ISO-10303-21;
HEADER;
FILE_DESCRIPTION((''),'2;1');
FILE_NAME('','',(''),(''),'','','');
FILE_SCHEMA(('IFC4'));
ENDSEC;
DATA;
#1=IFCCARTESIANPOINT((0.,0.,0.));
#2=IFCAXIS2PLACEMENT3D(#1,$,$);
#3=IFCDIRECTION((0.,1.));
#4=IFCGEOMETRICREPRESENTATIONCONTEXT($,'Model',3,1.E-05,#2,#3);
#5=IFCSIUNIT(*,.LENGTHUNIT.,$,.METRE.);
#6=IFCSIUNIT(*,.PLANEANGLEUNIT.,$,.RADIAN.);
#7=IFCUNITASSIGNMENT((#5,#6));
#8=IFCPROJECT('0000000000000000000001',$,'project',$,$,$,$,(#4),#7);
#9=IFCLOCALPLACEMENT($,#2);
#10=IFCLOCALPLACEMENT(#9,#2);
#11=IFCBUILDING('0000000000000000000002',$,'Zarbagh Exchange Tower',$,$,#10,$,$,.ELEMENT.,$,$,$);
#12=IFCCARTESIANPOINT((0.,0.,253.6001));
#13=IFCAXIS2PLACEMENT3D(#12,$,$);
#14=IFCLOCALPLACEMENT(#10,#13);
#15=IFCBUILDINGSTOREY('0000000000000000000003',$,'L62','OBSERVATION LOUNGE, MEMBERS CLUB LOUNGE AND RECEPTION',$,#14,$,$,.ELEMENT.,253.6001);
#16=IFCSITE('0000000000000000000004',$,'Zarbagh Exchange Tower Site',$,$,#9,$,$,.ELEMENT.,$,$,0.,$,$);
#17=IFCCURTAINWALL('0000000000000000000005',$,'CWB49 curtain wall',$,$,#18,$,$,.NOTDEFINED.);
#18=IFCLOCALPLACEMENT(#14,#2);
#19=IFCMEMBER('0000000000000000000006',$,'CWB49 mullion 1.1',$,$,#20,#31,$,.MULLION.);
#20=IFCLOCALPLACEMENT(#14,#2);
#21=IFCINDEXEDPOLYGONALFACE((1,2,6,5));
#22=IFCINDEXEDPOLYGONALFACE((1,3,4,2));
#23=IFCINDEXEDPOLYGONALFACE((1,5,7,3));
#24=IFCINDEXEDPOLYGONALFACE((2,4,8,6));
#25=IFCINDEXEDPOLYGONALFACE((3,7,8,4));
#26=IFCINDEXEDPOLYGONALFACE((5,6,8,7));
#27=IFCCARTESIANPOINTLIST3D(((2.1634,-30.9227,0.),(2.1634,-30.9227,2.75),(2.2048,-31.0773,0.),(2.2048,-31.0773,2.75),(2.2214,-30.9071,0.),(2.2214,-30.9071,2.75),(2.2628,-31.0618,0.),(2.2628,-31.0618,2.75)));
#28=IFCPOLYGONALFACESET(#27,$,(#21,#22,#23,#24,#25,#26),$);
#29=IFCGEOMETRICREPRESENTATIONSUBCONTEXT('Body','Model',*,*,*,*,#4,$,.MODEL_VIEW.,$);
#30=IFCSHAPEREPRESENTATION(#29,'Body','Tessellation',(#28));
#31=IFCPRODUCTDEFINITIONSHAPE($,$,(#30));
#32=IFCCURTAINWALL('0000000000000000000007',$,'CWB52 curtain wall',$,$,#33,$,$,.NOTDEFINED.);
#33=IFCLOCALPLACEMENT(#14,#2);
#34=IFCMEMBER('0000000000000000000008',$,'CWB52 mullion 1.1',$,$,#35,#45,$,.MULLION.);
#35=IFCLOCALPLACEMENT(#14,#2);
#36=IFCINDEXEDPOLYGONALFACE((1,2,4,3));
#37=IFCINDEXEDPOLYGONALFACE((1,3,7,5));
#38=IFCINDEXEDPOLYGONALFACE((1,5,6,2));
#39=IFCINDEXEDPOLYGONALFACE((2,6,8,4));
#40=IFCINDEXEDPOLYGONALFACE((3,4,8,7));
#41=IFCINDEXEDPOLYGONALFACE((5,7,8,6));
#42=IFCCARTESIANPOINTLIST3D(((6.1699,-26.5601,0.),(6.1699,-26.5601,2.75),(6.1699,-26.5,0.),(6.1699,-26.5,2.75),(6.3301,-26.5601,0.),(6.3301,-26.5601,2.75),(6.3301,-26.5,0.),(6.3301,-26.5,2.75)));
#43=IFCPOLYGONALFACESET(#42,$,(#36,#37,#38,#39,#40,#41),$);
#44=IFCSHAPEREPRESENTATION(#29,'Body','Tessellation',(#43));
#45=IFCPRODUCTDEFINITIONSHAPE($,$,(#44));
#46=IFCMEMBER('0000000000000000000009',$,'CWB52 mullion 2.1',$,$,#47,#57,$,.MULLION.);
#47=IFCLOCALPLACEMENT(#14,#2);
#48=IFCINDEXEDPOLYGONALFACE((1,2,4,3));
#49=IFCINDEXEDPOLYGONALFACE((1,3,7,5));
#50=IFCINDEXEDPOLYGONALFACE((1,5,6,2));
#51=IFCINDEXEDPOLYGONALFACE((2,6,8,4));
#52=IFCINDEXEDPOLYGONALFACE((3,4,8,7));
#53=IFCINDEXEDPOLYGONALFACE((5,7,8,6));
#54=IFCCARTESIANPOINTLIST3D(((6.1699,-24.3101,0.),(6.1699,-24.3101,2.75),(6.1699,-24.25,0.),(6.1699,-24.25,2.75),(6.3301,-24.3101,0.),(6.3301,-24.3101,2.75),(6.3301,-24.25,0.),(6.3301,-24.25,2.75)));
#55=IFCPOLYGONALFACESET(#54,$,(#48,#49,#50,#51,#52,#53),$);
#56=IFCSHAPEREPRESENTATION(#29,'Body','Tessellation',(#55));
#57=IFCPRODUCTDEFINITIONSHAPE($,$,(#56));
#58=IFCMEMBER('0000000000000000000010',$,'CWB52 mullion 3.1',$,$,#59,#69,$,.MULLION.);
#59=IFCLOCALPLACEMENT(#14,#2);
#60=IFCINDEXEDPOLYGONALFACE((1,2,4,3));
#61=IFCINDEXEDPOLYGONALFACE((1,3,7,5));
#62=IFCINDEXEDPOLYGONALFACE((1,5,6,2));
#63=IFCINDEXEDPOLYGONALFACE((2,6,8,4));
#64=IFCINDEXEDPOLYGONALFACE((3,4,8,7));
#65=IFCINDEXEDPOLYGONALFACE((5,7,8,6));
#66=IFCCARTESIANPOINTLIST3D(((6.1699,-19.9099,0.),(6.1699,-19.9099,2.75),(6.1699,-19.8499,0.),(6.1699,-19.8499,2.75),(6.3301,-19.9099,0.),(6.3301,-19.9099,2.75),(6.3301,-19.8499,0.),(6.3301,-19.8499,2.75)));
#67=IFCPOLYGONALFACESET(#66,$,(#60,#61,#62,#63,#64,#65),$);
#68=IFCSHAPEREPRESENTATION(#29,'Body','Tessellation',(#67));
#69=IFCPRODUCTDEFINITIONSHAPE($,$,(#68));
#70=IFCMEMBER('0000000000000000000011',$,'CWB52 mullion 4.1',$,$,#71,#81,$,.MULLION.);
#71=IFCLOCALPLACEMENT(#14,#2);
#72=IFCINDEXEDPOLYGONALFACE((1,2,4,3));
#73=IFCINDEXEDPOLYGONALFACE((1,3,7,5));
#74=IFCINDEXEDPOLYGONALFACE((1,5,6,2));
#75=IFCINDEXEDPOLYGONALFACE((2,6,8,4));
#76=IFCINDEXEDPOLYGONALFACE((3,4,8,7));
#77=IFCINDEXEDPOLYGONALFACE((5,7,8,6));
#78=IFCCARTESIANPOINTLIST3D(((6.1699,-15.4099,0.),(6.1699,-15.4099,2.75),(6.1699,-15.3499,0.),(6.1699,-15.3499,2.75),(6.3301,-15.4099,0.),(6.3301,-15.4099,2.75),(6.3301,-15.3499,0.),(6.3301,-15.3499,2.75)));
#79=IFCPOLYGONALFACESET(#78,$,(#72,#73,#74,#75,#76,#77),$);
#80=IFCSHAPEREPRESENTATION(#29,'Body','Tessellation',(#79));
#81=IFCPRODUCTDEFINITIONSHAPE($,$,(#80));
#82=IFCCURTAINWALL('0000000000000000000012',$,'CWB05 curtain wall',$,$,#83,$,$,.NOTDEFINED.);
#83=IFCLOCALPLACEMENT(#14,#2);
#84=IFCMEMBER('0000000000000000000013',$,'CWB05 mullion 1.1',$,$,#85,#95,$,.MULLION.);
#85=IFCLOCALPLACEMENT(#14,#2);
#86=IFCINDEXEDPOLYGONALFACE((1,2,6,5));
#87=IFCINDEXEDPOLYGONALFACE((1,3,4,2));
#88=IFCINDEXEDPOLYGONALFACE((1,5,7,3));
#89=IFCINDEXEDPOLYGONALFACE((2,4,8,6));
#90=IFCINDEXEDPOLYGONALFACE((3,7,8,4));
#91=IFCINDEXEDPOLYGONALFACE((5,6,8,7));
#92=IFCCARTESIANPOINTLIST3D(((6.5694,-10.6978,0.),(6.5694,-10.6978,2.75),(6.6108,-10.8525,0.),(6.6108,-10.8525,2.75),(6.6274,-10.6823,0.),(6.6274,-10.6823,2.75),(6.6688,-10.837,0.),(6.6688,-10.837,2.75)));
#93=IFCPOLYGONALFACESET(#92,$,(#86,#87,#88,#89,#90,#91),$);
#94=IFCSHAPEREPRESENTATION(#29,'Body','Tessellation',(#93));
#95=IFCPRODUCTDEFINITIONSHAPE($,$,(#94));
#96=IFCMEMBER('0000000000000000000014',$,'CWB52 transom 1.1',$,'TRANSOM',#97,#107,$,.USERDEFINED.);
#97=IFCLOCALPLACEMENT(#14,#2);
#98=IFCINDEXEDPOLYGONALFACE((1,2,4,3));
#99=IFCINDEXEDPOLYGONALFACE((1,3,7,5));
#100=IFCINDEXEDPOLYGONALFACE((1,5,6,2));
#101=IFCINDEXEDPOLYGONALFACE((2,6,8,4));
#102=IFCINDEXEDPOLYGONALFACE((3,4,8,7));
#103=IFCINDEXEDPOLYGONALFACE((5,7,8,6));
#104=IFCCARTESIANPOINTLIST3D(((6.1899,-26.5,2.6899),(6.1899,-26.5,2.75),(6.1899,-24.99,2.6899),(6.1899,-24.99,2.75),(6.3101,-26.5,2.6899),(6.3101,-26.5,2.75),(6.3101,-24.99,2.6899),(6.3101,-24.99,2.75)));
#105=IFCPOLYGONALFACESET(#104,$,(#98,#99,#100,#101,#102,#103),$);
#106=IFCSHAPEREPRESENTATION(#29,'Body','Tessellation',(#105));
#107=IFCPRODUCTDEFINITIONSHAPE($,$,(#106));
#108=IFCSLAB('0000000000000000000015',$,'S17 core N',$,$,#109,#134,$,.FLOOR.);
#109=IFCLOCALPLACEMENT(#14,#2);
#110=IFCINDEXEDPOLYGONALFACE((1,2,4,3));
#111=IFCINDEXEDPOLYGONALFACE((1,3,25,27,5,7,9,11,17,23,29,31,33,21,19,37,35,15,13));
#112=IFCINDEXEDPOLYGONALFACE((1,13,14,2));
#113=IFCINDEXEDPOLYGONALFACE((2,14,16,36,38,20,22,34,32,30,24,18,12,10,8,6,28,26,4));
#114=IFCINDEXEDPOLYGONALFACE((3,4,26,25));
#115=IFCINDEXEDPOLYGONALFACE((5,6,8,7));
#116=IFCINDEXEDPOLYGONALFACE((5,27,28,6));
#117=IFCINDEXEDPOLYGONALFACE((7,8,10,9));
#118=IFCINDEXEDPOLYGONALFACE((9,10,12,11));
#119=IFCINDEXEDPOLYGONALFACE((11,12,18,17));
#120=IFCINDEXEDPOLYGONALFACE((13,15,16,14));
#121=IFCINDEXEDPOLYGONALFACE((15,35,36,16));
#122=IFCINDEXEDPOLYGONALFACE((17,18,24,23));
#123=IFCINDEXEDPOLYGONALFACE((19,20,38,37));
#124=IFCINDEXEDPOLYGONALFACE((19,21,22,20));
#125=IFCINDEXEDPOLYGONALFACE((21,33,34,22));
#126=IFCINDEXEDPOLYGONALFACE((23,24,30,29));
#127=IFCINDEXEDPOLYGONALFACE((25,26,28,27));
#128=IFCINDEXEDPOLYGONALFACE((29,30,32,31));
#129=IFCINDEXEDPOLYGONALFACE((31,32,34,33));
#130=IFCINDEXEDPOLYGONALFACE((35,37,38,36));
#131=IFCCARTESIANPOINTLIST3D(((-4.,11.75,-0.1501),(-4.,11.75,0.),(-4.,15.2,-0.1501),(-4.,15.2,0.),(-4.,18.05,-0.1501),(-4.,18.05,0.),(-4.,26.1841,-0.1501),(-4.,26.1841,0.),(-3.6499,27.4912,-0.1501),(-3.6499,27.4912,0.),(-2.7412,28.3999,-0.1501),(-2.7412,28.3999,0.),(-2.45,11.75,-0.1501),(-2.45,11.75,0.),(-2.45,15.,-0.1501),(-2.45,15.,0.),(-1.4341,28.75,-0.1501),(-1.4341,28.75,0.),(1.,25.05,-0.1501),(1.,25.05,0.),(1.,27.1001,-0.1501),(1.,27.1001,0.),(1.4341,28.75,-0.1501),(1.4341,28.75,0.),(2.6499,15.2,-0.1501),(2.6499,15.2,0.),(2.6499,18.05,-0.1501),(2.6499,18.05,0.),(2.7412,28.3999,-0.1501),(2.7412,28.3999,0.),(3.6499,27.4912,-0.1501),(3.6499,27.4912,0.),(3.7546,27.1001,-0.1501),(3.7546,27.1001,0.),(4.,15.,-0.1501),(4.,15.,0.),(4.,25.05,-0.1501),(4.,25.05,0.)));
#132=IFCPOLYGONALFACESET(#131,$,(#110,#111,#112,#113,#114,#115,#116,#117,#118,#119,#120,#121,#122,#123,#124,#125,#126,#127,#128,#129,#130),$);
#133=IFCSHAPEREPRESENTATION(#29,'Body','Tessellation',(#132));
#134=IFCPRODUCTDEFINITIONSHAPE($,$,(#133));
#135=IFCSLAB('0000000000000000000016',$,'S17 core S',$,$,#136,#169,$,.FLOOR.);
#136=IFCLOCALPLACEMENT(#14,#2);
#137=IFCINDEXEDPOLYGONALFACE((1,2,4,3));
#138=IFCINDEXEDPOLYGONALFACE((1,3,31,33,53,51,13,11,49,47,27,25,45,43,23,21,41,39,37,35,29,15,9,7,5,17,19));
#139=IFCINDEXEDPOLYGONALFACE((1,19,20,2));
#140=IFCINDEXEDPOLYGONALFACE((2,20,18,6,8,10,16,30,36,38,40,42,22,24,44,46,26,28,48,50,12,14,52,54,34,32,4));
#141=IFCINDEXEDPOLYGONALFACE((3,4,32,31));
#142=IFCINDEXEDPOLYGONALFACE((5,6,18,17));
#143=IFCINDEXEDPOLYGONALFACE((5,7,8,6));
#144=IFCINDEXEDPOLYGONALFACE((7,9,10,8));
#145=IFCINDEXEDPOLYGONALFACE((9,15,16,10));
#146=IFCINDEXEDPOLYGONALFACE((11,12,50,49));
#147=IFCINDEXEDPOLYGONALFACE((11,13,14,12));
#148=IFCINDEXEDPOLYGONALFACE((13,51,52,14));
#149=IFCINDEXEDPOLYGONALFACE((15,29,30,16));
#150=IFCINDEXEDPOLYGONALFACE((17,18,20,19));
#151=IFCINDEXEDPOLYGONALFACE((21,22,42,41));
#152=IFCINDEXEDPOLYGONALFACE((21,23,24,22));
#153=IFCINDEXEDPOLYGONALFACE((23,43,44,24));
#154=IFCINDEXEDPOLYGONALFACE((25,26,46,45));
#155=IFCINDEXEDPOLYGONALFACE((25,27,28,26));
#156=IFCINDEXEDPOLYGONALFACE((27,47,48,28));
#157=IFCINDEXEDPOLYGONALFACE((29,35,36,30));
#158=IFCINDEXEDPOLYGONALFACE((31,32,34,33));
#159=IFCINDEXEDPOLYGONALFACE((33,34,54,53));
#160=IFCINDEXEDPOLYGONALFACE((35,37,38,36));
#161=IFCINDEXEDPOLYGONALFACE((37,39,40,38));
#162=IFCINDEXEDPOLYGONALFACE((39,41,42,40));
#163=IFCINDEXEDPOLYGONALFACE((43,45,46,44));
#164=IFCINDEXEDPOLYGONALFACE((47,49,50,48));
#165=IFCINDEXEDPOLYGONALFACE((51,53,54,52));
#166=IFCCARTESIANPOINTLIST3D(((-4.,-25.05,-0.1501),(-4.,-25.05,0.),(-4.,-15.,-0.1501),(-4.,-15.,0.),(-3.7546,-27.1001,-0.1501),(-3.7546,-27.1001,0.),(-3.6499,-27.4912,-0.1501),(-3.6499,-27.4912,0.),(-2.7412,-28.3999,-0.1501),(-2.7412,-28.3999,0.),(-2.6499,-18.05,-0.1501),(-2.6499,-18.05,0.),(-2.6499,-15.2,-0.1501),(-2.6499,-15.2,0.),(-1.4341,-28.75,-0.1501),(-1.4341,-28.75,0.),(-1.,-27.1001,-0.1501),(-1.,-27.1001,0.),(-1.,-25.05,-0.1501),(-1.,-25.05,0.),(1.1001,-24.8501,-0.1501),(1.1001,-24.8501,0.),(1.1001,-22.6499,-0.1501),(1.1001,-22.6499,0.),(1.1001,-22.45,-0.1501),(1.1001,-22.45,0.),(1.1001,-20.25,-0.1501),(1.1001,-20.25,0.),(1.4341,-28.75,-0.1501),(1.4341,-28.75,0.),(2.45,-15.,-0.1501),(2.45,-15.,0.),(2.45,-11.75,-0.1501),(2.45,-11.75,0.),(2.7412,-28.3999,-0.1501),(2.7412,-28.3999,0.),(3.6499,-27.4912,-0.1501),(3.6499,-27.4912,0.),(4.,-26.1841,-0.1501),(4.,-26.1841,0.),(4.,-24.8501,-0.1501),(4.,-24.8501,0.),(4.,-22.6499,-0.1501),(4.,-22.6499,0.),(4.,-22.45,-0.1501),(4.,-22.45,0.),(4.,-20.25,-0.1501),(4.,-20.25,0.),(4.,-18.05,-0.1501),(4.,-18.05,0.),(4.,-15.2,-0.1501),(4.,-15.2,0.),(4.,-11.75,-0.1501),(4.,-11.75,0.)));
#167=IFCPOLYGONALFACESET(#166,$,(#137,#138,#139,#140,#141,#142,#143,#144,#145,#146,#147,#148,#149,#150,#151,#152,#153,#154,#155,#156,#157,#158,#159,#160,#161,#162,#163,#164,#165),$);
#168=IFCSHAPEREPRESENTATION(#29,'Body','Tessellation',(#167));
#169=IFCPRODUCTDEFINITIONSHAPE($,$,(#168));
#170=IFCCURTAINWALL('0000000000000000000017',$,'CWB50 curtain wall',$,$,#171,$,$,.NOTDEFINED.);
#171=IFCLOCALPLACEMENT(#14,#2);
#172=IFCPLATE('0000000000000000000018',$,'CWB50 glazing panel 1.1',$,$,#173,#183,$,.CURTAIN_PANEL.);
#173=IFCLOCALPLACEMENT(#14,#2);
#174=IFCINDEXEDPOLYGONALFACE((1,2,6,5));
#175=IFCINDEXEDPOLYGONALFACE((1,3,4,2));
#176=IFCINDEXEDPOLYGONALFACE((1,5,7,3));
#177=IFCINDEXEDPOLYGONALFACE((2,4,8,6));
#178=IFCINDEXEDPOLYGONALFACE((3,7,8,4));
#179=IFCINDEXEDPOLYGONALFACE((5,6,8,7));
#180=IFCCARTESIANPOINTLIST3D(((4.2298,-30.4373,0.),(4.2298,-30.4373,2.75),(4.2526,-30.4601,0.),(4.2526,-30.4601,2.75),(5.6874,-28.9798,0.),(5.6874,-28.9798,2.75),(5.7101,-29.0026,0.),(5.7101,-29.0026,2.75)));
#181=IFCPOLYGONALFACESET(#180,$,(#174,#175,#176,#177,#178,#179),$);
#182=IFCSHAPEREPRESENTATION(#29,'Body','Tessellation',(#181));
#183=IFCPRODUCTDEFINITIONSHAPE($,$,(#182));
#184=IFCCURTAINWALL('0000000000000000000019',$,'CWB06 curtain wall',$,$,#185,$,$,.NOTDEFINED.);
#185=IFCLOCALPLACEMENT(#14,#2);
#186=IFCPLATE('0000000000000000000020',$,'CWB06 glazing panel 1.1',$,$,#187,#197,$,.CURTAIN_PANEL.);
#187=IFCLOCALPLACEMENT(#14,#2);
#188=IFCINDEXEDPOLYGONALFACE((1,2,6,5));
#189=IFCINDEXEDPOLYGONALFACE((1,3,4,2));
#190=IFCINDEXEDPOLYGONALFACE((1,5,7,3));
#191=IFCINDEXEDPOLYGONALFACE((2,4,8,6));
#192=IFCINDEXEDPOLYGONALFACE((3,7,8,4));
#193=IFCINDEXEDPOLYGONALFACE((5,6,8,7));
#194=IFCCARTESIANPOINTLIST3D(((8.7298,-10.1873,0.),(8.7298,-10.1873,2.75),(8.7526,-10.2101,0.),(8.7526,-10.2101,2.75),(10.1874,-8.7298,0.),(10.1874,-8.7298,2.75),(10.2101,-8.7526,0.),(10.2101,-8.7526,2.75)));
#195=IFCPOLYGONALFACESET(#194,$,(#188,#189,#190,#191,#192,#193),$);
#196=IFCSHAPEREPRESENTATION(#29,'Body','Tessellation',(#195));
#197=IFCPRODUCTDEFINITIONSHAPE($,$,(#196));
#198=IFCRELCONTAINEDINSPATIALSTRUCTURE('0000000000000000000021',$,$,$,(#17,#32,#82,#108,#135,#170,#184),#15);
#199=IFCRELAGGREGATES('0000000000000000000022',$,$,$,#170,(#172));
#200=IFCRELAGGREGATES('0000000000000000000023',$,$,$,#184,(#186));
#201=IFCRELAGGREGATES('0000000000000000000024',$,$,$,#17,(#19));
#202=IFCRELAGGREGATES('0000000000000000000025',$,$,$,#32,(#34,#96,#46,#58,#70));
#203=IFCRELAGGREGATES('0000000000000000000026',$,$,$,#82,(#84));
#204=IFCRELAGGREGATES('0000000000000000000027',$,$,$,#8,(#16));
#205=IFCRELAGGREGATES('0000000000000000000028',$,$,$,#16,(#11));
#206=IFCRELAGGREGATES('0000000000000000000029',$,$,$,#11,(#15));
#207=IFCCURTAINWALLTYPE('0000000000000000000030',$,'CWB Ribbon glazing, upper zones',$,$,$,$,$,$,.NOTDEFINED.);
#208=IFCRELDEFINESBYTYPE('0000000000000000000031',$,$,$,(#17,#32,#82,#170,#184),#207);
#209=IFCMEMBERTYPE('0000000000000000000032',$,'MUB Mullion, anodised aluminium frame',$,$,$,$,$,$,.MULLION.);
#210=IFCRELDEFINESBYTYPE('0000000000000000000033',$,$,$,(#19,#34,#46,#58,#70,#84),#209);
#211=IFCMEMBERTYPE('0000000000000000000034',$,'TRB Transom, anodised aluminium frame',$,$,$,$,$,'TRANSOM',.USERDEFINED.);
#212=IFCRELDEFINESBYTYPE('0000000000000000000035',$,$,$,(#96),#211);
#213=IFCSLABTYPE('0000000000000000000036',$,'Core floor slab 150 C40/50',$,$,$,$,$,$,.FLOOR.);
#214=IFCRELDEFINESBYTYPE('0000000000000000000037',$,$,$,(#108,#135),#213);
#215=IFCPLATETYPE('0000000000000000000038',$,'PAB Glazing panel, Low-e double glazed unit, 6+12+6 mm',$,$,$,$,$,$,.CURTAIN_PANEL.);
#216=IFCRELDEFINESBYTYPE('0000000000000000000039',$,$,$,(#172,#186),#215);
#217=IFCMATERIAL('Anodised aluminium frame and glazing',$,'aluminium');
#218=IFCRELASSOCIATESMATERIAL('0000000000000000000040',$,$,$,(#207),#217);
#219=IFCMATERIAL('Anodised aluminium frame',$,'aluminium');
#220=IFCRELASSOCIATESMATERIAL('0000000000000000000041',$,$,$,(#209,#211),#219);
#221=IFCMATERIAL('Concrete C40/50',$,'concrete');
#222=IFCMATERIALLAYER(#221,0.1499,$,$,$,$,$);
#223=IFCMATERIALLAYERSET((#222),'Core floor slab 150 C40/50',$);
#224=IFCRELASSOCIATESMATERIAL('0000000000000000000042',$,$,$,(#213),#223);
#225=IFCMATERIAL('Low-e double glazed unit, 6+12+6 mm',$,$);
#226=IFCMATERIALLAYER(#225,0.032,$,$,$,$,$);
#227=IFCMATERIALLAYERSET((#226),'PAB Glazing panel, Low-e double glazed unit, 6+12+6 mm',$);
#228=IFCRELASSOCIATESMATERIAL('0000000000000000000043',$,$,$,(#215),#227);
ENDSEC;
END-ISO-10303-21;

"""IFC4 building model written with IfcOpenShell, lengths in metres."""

from ifc_helpers import new_model, si_unit, direction, frame, origin, place, context, subcontext, project, spatial, polyline, outline, extrude, source, transform, mapped, material, layer, layer_set, type_object, element, aggregate, save


model = new_model("IFC4")

# Units and contexts
model_context = context("Model", 3, precision=1e-05, world=origin(), true_north=direction((0.0, 1.0)))
body_context = subcontext(model_context, "Body", "Model", "MODEL_VIEW")
ifc_project = project(units=[si_unit("LENGTHUNIT", "METRE"), si_unit("PLANEANGLEUNIT", "RADIAN")], contexts=[model_context])

# Site, building, storey
site_placement = place(None, origin())
site = spatial("IfcSite", under=ifc_project, at=site_placement, Name="Zarbagh Exchange Tower Site", CompositionType="ELEMENT", RefElevation=0.0)
building_placement = place(site_placement, origin())
building = spatial("IfcBuilding", under=site, at=building_placement, Name="Zarbagh Exchange Tower", CompositionType="ELEMENT")
storey_placement = place(building_placement, frame((0.0, 0.0, 253.6001)))
storey = spatial("IfcBuildingStorey", under=building, at=storey_placement, Name="L62", Description="OBSERVATION LOUNGE, MEMBERS CLUB LOUNGE AND RECEPTION", CompositionType="ELEMENT", Elevation=253.6001)

# Curtain wall, member
ifc_material_1 = material(Name="Anodised aluminium frame and glazing", Category="aluminium")
curtain_wall_type = type_object("IfcCurtainWallType", Name="CWB Ribbon glazing, upper zones", PredefinedType="NOTDEFINED", material=ifc_material_1)
curtain_wall_1_placement = place(storey_placement, origin())
curtain_wall_1 = element("IfcCurtainWall", 1, at=curtain_wall_1_placement, inside=storey, type_object=curtain_wall_type, Name="CWB49 curtain wall", PredefinedType="NOTDEFINED")
ifc_material_2 = material(Name="Anodised aluminium frame", Category="aluminium")
member_type_1 = type_object("IfcMemberType", Name="MUB Mullion, anodised aluminium frame", PredefinedType="MULLION", material=ifc_material_2)
shared_shape_1 = source(origin(), body_context, "Body", "SweptSolid", [
    extrude(outline(polyline([(0.0, -0.0801), (0.0601, -0.0801), (0.0601, 0.0801), (0.0, 0.0801), (0.0, -0.0801)])), origin(), (0.0, 0.0, 1.0), 2.75),
])
placement = place(storey_placement, origin())
member_1 = element("IfcMember", 2, at=placement, type_object=member_type_1, Name="CWB49 mullion 1.1", PredefinedType="MULLION", context=body_context, shape_type="MappedRepresentation", body=[
    mapped(shared_shape_1, transform((2.1841, -31.0, 0.0), x_axis=(0.965924, 0.258825, 0.0), y_axis=(-0.258825, 0.965924, 0.0), z_axis=(0.0, 0.0, 1.0))),
])

# Curtain wall, members
curtain_wall_2_placement = place(storey_placement, origin())
curtain_wall_2 = element("IfcCurtainWall", 3, at=curtain_wall_2_placement, inside=storey, type_object=curtain_wall_type, Name="CWB52 curtain wall", PredefinedType="NOTDEFINED")
member_2 = element("IfcMember", 4, at=placement, type_object=member_type_1, Name="CWB52 mullion 1.1", PredefinedType="MULLION", context=body_context, shape_type="MappedRepresentation", body=[
    mapped(shared_shape_1, transform((6.25, -26.5601, 0.0), x_axis=(0.0, 1.0, 0.0), y_axis=(-1.0, 0.0, 0.0), z_axis=(0.0, 0.0, 1.0))),
])
member_3 = element("IfcMember", 5, at=placement, type_object=member_type_1, Name="CWB52 mullion 2.1", PredefinedType="MULLION", context=body_context, shape_type="MappedRepresentation", body=[
    mapped(shared_shape_1, transform((6.25, -24.3101, 0.0), x_axis=(0.0, 1.0, 0.0), y_axis=(-1.0, 0.0, 0.0), z_axis=(0.0, 0.0, 1.0))),
])
member_4 = element("IfcMember", 6, at=placement, type_object=member_type_1, Name="CWB52 mullion 3.1", PredefinedType="MULLION", context=body_context, shape_type="MappedRepresentation", body=[
    mapped(shared_shape_1, transform((6.25, -19.9099, 0.0), x_axis=(0.0, 1.0, 0.0), y_axis=(-1.0, 0.0, 0.0), z_axis=(0.0, 0.0, 1.0))),
])
member_5 = element("IfcMember", 7, at=placement, type_object=member_type_1, Name="CWB52 mullion 4.1", PredefinedType="MULLION", context=body_context, shape_type="MappedRepresentation", body=[
    mapped(shared_shape_1, transform((6.25, -15.4099, 0.0), x_axis=(0.0, 1.0, 0.0), y_axis=(-1.0, 0.0, 0.0), z_axis=(0.0, 0.0, 1.0))),
])

# Curtain wall, member
curtain_wall_3_placement = place(storey_placement, origin())
curtain_wall_3 = element("IfcCurtainWall", 8, at=curtain_wall_3_placement, inside=storey, type_object=curtain_wall_type, Name="CWB05 curtain wall", PredefinedType="NOTDEFINED")
member_6 = element("IfcMember", 9, at=placement, type_object=member_type_1, Name="CWB05 mullion 1.1", PredefinedType="MULLION", context=body_context, shape_type="MappedRepresentation", body=[
    mapped(shared_shape_1, transform((6.5901, -10.7751, 0.0), x_axis=(0.965924, 0.258825, 0.0), y_axis=(-0.258825, 0.965924, 0.0), z_axis=(0.0, 0.0, 1.0))),
])

# Member
member_type_2 = type_object("IfcMemberType", Name="TRB Transom, anodised aluminium frame", ElementType="TRANSOM", PredefinedType="USERDEFINED", material=ifc_material_2)
shared_shape_2 = source(origin(), body_context, "Body", "SweptSolid", [
    extrude(outline(polyline([(-0.0601, -0.0601), (0.0, -0.0601), (0.0, 0.0601), (-0.0601, 0.0601), (-0.0601, -0.0601)])), origin(), (0.0, 0.0, 1.0), 1.51),
])
member_7 = element("IfcMember", 10, at=placement, type_object=member_type_2, Name="CWB52 transom 1.1", ObjectType="TRANSOM", PredefinedType="USERDEFINED", context=body_context, shape_type="MappedRepresentation", body=[
    mapped(shared_shape_2, transform((6.25, -26.5, 2.75), x_axis=(0.0, 0.0, 1.0), y_axis=(1.0, 0.0, 0.0), z_axis=(0.0, 1.0, 0.0))),
])

# Slabs
ifc_material_3 = material(Name="Concrete C40/50", Category="concrete")
ifc_layer_1 = layer(ifc_material_3, 0.1499)
ifc_layer_set_1 = layer_set([ifc_layer_1], Name="Core floor slab 150 C40/50")
slab_type = type_object("IfcSlabType", Name="Core floor slab 150 C40/50", PredefinedType="FLOOR", material=ifc_layer_set_1)
slab_1_placement = place(storey_placement, frame((0.0, 0.0, -0.1501)))
element("IfcSlab", 11, at=slab_1_placement, inside=storey, type_object=slab_type, Name="S17 core N", PredefinedType="FLOOR", context=body_context, shape_type="SweptSolid", body=[
    extrude(outline(polyline([(-4.0, 11.75), (-4.0, 15.2), (2.6499, 15.2), (2.6499, 18.05), (-4.0, 18.05), (-4.0, 26.1841), (-3.6499, 27.4912), (-2.7412, 28.3999), (-1.4341, 28.75), (1.4341, 28.75), (2.7412, 28.3999), (3.6499, 27.4912), (3.8577, 26.7151), (3.7546, 27.1001), (1.0, 27.1001), (1.0, 25.05), (4.0, 25.05), (4.0, 15.0), (-2.45, 15.0), (-2.45, 11.75), (-4.0, 11.75)])), origin(), (0.0, 0.0, 1.0), 0.1501),
])
slab_2_placement = place(storey_placement, frame((0.0, 0.0, -0.1501)))
element("IfcSlab", 12, at=slab_2_placement, inside=storey, type_object=slab_type, Name="S17 core S", PredefinedType="FLOOR", context=body_context, shape_type="SweptSolid", body=[
    extrude(outline(polyline([(-2.7412, -28.3999), (-3.6499, -27.4912), (-3.8577, -26.7151), (-3.7546, -27.1001), (-1.0, -27.1001), (-1.0, -25.05), (-4.0, -25.05), (-4.0, -15.0), (2.45, -15.0), (2.45, -11.75), (4.0, -11.75), (4.0, -15.2), (-2.6499, -15.2), (-2.6499, -18.05), (4.0, -18.05), (4.0, -20.25), (1.1001, -20.25), (1.1001, -22.45), (4.0, -22.45), (4.0, -22.6499), (1.1001, -22.6499), (1.1001, -24.8501), (4.0, -24.8501), (4.0, -26.1841), (3.6499, -27.4912), (2.7412, -28.3999), (1.4341, -28.75), (-1.4341, -28.75), (-2.7412, -28.3999)])), origin(), (0.0, 0.0, 1.0), 0.1501),
])

# Curtain walls, plates
curtain_wall_4_placement = place(storey_placement, origin())
curtain_wall_4 = element("IfcCurtainWall", 13, at=curtain_wall_4_placement, inside=storey, type_object=curtain_wall_type, Name="CWB50 curtain wall", PredefinedType="NOTDEFINED")
ifc_material_4 = material(Name="Low-e double glazed unit, 6+12+6 mm")
ifc_layer_2 = layer(ifc_material_4, 0.032)
ifc_layer_set_2 = layer_set([ifc_layer_2], Name="PAB Glazing panel, Low-e double glazed unit, 6+12+6 mm")
plate_type = type_object("IfcPlateType", Name="PAB Glazing panel, Low-e double glazed unit, 6+12+6 mm", PredefinedType="CURTAIN_PANEL", material=ifc_layer_set_2)
shared_shape_3 = source(origin(), body_context, "Body", "SweptSolid", [
    extrude(outline(polyline([(0.0, -0.0161), (2.0613, -0.0161), (2.0613, 0.0161), (0.0, 0.0161), (0.0, -0.0161)])), origin(), (0.0, 0.0, 1.0), 2.75),
])
plate_1 = element("IfcPlate", 14, at=placement, type_object=plate_type, Name="CWB50 glazing panel 1.1", PredefinedType="CURTAIN_PANEL", context=body_context, shape_type="MappedRepresentation", body=[
    mapped(shared_shape_3, transform((4.2412, -30.4487, 0.0), x_axis=(0.707107, 0.707107, 0.0), y_axis=(-0.707107, 0.707107, 0.0), z_axis=(0.0, 0.0, 1.0))),
])
aggregate(curtain_wall_4, [plate_1])
curtain_wall_5_placement = place(storey_placement, origin())
curtain_wall_5 = element("IfcCurtainWall", 15, at=curtain_wall_5_placement, inside=storey, type_object=curtain_wall_type, Name="CWB06 curtain wall", PredefinedType="NOTDEFINED")
plate_2 = element("IfcPlate", 16, at=placement, type_object=plate_type, Name="CWB06 glazing panel 1.1", PredefinedType="CURTAIN_PANEL", context=body_context, shape_type="MappedRepresentation", body=[
    mapped(shared_shape_3, transform((8.7412, -10.1987, 0.0), x_axis=(0.707107, 0.707107, 0.0), y_axis=(-0.707107, 0.707107, 0.0), z_axis=(0.0, 0.0, 1.0))),
])
aggregate(curtain_wall_5, [plate_2])

aggregate(curtain_wall_1, [member_1])

aggregate(curtain_wall_2, [member_2, member_7, member_3, member_4, member_5])
aggregate(curtain_wall_3, [member_6])

save(model, "model.ifc")
